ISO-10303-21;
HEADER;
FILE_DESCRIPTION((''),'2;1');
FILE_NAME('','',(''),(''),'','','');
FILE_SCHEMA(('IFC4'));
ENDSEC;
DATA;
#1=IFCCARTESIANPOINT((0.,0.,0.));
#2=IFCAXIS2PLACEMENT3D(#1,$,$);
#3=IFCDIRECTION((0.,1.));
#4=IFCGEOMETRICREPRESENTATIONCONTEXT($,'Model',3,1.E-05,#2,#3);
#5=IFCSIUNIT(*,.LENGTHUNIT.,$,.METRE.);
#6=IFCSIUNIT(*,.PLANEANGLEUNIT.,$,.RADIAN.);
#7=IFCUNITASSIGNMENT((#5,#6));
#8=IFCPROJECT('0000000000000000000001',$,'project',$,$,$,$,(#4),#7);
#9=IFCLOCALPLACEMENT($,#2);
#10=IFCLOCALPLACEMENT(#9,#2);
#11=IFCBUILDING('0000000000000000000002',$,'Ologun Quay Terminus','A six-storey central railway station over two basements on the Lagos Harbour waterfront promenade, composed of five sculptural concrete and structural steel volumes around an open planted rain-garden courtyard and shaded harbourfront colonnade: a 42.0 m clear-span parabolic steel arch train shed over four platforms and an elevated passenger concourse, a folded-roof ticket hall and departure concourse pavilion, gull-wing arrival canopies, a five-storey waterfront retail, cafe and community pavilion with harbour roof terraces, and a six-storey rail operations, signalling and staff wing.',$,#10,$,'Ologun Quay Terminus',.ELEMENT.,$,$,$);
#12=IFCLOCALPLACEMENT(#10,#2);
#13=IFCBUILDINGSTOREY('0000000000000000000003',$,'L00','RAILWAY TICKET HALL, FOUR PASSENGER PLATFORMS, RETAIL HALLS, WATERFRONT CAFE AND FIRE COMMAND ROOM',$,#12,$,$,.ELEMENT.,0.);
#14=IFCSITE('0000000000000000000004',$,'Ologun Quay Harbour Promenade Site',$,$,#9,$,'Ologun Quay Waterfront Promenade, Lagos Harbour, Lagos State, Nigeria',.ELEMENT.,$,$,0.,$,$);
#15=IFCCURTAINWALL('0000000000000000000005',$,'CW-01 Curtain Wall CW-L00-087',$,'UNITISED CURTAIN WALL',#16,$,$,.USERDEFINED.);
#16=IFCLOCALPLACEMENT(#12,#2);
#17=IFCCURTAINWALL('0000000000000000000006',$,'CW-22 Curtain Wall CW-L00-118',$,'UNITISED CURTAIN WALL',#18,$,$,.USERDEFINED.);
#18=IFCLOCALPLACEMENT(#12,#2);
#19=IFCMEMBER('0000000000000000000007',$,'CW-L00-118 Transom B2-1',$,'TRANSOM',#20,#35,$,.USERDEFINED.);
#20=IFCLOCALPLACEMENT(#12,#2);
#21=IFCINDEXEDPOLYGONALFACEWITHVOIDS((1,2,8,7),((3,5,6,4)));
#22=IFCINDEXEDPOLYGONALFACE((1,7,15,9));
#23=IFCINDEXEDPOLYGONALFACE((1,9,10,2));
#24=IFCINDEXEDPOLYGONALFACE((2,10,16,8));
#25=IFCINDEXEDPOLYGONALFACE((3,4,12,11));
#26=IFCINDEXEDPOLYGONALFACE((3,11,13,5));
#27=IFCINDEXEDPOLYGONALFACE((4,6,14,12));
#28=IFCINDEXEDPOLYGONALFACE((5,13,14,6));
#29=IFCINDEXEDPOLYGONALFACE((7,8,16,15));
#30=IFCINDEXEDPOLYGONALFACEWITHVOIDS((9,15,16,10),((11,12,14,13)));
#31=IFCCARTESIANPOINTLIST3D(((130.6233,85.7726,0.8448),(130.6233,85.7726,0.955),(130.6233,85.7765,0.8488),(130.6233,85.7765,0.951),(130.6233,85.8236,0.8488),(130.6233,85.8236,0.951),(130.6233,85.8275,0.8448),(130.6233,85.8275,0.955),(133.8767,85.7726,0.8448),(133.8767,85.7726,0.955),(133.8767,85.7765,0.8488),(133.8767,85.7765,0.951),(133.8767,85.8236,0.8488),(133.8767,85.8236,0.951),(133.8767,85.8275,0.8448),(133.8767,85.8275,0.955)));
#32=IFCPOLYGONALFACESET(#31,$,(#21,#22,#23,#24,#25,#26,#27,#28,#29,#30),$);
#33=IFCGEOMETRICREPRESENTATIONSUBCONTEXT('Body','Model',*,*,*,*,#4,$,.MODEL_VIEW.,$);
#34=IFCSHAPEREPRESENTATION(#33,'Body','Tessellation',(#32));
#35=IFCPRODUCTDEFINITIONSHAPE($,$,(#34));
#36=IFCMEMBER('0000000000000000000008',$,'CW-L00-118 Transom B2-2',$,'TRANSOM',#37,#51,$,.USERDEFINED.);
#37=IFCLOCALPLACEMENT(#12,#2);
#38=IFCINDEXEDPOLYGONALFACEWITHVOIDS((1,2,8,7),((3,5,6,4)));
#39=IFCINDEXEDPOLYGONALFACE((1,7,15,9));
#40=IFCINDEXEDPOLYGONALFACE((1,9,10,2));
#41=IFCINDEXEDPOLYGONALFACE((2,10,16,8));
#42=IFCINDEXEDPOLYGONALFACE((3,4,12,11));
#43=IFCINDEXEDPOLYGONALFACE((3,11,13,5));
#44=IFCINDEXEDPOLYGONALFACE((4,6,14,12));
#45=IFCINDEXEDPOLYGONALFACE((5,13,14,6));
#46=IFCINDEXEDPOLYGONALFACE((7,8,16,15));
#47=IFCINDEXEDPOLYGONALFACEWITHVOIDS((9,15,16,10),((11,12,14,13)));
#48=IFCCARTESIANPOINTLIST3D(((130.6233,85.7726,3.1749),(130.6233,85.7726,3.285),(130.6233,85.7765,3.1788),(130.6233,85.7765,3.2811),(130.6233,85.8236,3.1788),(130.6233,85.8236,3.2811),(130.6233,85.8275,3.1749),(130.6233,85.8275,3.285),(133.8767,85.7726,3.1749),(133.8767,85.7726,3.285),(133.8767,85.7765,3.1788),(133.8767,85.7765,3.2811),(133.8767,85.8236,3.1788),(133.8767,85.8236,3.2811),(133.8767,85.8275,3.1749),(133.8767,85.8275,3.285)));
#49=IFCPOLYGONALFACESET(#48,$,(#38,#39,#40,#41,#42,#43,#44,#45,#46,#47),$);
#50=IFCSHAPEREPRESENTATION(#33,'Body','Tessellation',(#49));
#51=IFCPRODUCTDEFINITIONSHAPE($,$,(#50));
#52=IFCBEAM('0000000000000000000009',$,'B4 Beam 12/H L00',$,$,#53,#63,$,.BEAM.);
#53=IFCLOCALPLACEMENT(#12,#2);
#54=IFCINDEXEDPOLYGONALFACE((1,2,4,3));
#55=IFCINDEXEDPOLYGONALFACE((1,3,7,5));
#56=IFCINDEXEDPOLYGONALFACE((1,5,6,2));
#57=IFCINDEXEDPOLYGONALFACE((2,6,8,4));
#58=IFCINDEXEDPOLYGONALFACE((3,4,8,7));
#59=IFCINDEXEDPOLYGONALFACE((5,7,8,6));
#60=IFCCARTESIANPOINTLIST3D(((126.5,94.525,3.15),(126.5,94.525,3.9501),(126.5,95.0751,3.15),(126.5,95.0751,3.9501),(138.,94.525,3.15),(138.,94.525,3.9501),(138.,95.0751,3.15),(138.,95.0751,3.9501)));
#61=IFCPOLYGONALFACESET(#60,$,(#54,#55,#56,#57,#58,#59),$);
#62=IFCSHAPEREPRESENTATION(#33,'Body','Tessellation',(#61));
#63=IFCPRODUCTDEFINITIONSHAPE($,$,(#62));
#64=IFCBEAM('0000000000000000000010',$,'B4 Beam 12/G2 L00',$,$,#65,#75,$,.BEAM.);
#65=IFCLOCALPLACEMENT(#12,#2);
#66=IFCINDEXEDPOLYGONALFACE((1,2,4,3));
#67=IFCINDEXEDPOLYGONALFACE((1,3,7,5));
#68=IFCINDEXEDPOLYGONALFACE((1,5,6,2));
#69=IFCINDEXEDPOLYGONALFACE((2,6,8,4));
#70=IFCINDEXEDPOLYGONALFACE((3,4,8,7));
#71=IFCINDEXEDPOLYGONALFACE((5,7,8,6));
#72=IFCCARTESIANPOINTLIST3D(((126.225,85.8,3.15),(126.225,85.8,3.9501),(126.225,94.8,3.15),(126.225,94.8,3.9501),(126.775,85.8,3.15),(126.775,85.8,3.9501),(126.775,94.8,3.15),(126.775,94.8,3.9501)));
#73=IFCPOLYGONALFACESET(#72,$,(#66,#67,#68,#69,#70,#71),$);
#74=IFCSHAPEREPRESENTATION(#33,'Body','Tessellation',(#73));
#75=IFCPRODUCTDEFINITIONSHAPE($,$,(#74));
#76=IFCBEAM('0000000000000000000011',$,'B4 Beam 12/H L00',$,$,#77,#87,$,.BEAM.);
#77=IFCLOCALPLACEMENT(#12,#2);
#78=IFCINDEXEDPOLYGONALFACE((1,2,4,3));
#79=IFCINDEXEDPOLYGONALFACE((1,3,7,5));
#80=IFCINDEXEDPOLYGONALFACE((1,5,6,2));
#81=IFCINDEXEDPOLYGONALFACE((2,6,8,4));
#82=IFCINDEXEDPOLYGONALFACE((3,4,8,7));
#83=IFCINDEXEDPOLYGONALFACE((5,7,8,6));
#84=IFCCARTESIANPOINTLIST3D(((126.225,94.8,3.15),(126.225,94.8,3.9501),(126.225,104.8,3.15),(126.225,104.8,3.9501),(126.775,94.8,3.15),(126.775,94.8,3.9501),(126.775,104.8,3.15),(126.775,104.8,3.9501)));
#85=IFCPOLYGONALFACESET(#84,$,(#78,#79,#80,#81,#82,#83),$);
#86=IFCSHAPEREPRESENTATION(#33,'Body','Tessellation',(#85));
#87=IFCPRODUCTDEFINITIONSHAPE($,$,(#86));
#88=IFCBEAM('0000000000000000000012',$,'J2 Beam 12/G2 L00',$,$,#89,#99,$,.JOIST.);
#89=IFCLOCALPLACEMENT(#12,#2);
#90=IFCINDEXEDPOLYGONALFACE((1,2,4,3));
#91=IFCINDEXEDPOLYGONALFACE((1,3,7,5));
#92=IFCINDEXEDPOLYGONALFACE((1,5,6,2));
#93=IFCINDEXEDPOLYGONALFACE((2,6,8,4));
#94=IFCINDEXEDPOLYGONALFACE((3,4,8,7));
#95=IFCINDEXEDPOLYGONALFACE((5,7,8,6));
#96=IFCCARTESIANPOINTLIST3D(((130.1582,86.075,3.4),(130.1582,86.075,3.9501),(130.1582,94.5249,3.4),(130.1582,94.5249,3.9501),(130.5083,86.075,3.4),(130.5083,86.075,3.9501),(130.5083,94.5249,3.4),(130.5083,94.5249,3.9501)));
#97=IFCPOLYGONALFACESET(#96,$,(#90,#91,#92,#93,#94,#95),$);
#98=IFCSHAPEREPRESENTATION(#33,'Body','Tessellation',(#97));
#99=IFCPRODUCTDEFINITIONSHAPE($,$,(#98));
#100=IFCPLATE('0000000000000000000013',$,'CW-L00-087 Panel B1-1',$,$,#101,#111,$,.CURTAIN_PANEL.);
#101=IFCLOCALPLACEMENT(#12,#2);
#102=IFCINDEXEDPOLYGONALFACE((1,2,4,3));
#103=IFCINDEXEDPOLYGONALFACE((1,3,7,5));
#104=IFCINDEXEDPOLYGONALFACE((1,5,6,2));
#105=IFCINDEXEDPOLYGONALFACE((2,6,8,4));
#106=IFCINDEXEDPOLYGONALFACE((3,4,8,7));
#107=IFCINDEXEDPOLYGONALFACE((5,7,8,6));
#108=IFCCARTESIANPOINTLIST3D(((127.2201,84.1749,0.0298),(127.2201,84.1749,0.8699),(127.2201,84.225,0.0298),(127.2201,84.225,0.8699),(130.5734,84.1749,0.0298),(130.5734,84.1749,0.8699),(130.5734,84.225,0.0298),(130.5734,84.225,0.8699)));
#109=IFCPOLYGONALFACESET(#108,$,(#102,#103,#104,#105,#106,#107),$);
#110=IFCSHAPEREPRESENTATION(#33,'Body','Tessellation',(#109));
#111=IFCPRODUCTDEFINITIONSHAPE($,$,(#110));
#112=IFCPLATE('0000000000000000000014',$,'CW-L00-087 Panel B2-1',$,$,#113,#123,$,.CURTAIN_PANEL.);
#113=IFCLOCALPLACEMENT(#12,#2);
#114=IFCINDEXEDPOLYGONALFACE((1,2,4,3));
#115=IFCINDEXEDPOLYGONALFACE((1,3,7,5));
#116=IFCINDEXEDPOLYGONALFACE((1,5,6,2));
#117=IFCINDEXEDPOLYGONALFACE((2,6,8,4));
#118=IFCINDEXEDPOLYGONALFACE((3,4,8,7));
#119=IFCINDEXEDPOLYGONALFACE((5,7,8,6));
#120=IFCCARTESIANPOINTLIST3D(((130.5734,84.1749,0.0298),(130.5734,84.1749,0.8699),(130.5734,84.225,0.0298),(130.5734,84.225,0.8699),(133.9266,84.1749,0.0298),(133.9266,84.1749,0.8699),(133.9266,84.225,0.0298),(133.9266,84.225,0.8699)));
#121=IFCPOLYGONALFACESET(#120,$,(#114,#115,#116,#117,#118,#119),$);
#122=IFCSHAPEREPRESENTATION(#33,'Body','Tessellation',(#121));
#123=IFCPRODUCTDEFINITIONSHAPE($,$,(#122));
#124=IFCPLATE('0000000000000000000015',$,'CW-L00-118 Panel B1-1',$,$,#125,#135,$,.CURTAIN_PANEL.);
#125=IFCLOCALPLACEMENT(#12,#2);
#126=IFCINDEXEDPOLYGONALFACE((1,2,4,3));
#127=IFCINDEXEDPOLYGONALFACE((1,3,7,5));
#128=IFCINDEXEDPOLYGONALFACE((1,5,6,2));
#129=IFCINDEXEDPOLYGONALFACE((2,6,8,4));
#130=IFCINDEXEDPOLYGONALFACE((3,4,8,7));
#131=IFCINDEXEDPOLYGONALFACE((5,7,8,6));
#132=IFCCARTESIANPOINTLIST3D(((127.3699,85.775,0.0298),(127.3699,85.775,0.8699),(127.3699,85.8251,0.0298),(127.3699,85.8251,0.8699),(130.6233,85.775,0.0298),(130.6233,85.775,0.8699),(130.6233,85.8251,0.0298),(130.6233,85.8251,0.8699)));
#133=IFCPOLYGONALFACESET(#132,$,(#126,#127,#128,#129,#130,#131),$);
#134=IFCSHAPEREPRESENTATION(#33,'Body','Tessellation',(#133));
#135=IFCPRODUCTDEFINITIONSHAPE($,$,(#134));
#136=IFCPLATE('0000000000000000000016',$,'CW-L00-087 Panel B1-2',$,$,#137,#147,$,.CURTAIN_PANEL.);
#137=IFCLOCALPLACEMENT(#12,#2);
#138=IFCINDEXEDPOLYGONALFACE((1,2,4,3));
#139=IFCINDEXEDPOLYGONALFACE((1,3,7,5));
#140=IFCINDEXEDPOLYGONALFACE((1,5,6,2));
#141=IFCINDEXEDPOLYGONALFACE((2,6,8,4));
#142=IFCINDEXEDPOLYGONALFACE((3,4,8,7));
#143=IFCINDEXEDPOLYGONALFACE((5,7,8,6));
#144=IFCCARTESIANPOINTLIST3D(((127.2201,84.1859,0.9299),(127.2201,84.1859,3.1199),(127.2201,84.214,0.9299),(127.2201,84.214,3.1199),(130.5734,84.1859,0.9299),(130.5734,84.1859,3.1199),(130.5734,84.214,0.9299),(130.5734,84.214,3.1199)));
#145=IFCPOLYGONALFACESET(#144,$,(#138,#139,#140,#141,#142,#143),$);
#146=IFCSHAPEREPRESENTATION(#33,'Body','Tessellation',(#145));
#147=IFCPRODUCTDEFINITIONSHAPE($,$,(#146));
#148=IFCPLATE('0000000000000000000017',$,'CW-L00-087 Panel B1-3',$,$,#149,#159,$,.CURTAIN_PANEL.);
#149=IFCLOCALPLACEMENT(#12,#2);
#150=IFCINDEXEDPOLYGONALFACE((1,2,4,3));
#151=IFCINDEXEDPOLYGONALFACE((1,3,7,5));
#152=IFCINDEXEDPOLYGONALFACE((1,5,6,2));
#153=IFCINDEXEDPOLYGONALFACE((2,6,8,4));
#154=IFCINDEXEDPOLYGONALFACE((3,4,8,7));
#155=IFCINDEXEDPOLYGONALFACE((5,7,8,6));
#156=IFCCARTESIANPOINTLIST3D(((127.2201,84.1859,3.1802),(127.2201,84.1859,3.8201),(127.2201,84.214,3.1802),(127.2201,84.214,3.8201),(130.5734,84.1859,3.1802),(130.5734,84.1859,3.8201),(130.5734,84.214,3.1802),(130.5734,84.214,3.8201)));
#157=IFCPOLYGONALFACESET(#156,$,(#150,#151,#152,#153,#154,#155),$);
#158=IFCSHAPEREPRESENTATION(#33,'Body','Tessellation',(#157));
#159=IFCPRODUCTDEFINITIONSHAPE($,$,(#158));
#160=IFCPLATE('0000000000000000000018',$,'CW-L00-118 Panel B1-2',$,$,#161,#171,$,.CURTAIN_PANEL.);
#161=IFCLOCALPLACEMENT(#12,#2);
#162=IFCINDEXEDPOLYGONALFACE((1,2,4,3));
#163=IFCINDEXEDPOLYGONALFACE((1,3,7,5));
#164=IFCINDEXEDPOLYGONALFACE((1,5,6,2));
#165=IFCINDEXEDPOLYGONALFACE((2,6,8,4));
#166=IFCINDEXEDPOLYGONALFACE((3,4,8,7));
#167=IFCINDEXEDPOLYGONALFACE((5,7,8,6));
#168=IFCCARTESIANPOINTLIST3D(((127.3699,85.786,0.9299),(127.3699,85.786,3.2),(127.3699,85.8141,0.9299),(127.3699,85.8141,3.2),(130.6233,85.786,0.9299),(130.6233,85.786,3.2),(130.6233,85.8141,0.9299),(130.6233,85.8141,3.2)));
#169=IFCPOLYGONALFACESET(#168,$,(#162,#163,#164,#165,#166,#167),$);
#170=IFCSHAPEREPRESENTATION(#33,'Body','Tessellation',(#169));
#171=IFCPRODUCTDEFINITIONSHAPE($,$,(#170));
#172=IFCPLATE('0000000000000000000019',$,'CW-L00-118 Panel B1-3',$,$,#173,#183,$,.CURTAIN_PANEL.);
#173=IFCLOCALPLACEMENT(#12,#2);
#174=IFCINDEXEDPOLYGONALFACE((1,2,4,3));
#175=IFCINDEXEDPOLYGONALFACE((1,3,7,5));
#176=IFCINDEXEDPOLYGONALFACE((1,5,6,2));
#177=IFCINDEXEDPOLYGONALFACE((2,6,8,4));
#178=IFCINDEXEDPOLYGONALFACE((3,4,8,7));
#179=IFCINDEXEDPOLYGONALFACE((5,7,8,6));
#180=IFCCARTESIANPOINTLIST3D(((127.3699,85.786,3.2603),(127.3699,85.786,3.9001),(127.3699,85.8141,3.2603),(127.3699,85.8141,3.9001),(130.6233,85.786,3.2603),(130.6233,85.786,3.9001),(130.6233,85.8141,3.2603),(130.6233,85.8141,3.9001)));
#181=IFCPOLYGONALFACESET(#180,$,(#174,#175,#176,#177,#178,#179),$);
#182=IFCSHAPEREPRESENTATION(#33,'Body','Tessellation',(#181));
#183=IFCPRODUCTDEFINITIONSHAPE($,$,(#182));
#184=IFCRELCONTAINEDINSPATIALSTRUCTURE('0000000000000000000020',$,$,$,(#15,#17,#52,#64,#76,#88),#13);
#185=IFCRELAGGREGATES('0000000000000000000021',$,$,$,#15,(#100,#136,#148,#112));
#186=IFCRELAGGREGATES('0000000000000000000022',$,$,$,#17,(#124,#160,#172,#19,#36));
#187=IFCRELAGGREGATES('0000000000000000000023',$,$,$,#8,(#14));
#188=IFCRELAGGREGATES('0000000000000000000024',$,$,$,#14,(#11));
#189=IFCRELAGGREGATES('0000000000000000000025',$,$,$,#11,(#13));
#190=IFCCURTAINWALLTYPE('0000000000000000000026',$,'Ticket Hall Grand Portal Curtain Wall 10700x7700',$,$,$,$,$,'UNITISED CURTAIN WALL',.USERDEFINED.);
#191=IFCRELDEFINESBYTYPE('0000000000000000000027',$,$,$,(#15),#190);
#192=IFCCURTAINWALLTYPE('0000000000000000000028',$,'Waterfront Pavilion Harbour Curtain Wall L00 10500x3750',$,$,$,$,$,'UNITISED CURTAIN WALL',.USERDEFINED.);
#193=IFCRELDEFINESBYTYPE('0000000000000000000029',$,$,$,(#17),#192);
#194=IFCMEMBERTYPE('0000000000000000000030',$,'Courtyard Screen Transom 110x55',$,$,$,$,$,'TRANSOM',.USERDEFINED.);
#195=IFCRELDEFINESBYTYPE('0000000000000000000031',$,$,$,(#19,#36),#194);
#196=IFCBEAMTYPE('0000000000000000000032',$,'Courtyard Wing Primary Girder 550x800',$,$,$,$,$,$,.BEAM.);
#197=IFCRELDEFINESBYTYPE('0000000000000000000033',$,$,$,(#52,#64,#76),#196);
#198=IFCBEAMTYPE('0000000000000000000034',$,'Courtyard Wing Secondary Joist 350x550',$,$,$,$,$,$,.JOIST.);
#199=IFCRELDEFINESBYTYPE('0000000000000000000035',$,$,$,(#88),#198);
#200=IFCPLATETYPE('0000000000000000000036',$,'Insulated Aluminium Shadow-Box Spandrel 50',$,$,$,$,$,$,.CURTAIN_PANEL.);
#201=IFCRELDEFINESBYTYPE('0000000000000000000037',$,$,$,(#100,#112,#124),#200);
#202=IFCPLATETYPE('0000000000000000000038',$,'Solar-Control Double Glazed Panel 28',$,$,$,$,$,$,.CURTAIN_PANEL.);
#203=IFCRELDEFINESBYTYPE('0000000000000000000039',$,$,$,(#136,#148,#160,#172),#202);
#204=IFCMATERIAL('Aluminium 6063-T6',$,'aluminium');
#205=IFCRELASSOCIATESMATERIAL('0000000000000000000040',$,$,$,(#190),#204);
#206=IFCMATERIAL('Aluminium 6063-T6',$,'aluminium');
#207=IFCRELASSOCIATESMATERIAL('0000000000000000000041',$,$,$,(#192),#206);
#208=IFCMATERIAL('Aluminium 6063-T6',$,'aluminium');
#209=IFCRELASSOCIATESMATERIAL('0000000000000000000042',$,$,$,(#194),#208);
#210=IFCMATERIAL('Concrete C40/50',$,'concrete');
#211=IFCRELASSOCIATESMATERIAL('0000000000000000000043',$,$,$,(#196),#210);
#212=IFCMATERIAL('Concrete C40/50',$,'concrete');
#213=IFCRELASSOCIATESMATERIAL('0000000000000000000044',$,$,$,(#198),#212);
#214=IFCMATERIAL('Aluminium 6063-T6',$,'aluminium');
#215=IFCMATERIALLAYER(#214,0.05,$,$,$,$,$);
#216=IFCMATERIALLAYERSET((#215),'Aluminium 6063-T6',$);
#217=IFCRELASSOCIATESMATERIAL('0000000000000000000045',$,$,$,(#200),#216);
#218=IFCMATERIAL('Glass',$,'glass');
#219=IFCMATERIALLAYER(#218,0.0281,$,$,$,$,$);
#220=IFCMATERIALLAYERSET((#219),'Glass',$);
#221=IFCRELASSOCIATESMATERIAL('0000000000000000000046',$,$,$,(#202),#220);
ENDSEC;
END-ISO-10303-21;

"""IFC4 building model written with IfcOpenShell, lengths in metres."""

from ifc_helpers import new_model, si_unit, direction, frame, origin, origin_2d, place, context, subcontext, project, spatial, rectangle, hollow_rectangle, extrude, material, layer, layer_set, material_profile, profile_set, type_object, element, aggregate, save


model = new_model("IFC4")

# Units and contexts
model_context = context("Model", 3, precision=1e-05, world=origin(), true_north=direction((0.0, 1.0)))
body_context = subcontext(model_context, "Body", "Model", "MODEL_VIEW")
ifc_project = project(units=[si_unit("LENGTHUNIT", "METRE"), si_unit("PLANEANGLEUNIT", "RADIAN")], contexts=[model_context])

# Site, building, storey
site_placement = place(None, origin())
site = spatial("IfcSite", under=ifc_project, at=site_placement, Name="Ologun Quay Harbour Promenade Site", LongName="Ologun Quay Waterfront Promenade, Lagos Harbour, Lagos State, Nigeria", CompositionType="ELEMENT", RefElevation=0.0)
building_placement = place(site_placement, origin())
building = spatial("IfcBuilding", under=site, at=building_placement, Name="Ologun Quay Terminus", Description="A six-storey central railway station over two basements on the Lagos Harbour waterfront promenade, composed of five sculptural concrete and structural steel volumes around an open planted rain-garden courtyard and shaded harbourfront colonnade: a 42.0 m clear-span parabolic steel arch train shed over four platforms and an elevated passenger concourse, a folded-roof ticket hall and departure concourse pavilion, gull-wing arrival canopies, a five-storey waterfront retail, cafe and community pavilion with harbour roof terraces, and a six-storey rail operations, signalling and staff wing.", LongName="Ologun Quay Terminus", CompositionType="ELEMENT")
storey_placement = place(building_placement, origin())
storey = spatial("IfcBuildingStorey", under=building, at=storey_placement, Name="L00", Description="RAILWAY TICKET HALL, FOUR PASSENGER PLATFORMS, RETAIL HALLS, WATERFRONT CAFE AND FIRE COMMAND ROOM", CompositionType="ELEMENT", Elevation=0.0)

# Curtain walls
ifc_material_1 = material(Name="Aluminium 6063-T6", Category="aluminium")
curtain_wall_type_1 = type_object("IfcCurtainWallType", Name="Ticket Hall Grand Portal Curtain Wall 10700x7700", ElementType="UNITISED CURTAIN WALL", PredefinedType="USERDEFINED", material=ifc_material_1)
curtain_wall_1_placement = place(storey_placement, origin())
curtain_wall_1 = element("IfcCurtainWall", 1, at=curtain_wall_1_placement, inside=storey, type_object=curtain_wall_type_1, Name="CW-01 Curtain Wall CW-L00-087", ObjectType="UNITISED CURTAIN WALL", PredefinedType="USERDEFINED")
ifc_material_2 = material(Name="Aluminium 6063-T6", Category="aluminium")
curtain_wall_type_2 = type_object("IfcCurtainWallType", Name="Waterfront Pavilion Harbour Curtain Wall L00 10500x3750", ElementType="UNITISED CURTAIN WALL", PredefinedType="USERDEFINED", material=ifc_material_2)
curtain_wall_2_placement = place(storey_placement, origin())
curtain_wall_2 = element("IfcCurtainWall", 2, at=curtain_wall_2_placement, inside=storey, type_object=curtain_wall_type_2, Name="CW-22 Curtain Wall CW-L00-118", ObjectType="UNITISED CURTAIN WALL", PredefinedType="USERDEFINED")

# Members
ifc_material_3 = material(Name="Aluminium 6063-T6", Category="aluminium")
ifc_material_profile_1 = material_profile(ifc_material_3, hollow_rectangle(XDim=0.0549, YDim=0.1101, WallThickness=0.0039, at=origin_2d()), Name="ALU 110x55x4")
ifc_profile_set_1 = profile_set([ifc_material_profile_1], Name="Aluminium 6063-T6")
member_type_1 = type_object("IfcMemberType", Name="Courtyard Screen Transom 110x55", ElementType="TRANSOM", PredefinedType="USERDEFINED", material=ifc_profile_set_1)
member_1_placement = place(storey_placement, frame((130.6233, 85.8, 0.8999), z_axis=(1.0, 0.0, 0.0), x_axis=(0.0, 1.0, 0.0)))
member_1 = element("IfcMember", 3, at=member_1_placement, type_object=member_type_1, Name="CW-L00-118 Transom B2-1", ObjectType="TRANSOM", PredefinedType="USERDEFINED", context=body_context, shape_type="SweptSolid", body=[
    extrude(hollow_rectangle(XDim=0.0549, YDim=0.1101, WallThickness=0.0039, at=origin_2d()), origin(), (0.0, 0.0, 1.0), 3.2534),
])
member_2_placement = place(storey_placement, frame((130.6233, 85.8, 3.23), z_axis=(1.0, 0.0, 0.0), x_axis=(0.0, 1.0, 0.0)))
member_2 = element("IfcMember", 4, at=member_2_placement, type_object=member_type_1, Name="CW-L00-118 Transom B2-2", ObjectType="TRANSOM", PredefinedType="USERDEFINED", context=body_context, shape_type="SweptSolid", body=[
    extrude(hollow_rectangle(XDim=0.0549, YDim=0.1101, WallThickness=0.0039, at=origin_2d()), origin(), (0.0, 0.0, 1.0), 3.2534),
])

# Beams
ifc_material_4 = material(Name="Concrete C40/50", Category="concrete")
ifc_material_profile_2 = material_profile(ifc_material_4, rectangle(XDim=0.55, YDim=0.8, at=origin_2d()), Name="RC 550x800")
ifc_profile_set_2 = profile_set([ifc_material_profile_2], Name="Concrete C40/50")
beam_type_1 = type_object("IfcBeamType", Name="Courtyard Wing Primary Girder 550x800", PredefinedType="BEAM", material=ifc_profile_set_2)
beam_1_placement = place(storey_placement, frame((126.5, 94.8, 3.55), z_axis=(1.0, 0.0, 0.0), x_axis=(0.0, 1.0, 0.0)))
element("IfcBeam", 5, at=beam_1_placement, inside=storey, type_object=beam_type_1, Name="B4 Beam 12/H L00", PredefinedType="BEAM", context=body_context, shape_type="SweptSolid", body=[
    extrude(rectangle(XDim=0.55, YDim=0.8, at=origin_2d()), origin(), (0.0, 0.0, 1.0), 11.5),
])
beam_2_placement = place(storey_placement, frame((126.5, 85.8, 3.55), z_axis=(0.0, 1.0, 0.0), x_axis=(-1.0, 0.0, 0.0)))
element("IfcBeam", 6, at=beam_2_placement, inside=storey, type_object=beam_type_1, Name="B4 Beam 12/G2 L00", PredefinedType="BEAM", context=body_context, shape_type="SweptSolid", body=[
    extrude(rectangle(XDim=0.55, YDim=0.8, at=origin_2d()), origin(), (0.0, 0.0, 1.0), 9.0),
])
beam_3_placement = place(storey_placement, frame((126.5, 94.8, 3.55), z_axis=(0.0, 1.0, 0.0), x_axis=(-1.0, 0.0, 0.0)))
element("IfcBeam", 7, at=beam_3_placement, inside=storey, type_object=beam_type_1, Name="B4 Beam 12/H L00", PredefinedType="BEAM", context=body_context, shape_type="SweptSolid", body=[
    extrude(rectangle(XDim=0.55, YDim=0.8, at=origin_2d()), origin(), (0.0, 0.0, 1.0), 10.0),
])
ifc_material_5 = material(Name="Concrete C40/50", Category="concrete")
ifc_material_profile_3 = material_profile(ifc_material_5, rectangle(XDim=0.3501, YDim=0.55, at=origin_2d()), Name="RC 350x550")
ifc_profile_set_3 = profile_set([ifc_material_profile_3], Name="Concrete C40/50")
beam_type_2 = type_object("IfcBeamType", Name="Courtyard Wing Secondary Joist 350x550", PredefinedType="JOIST", material=ifc_profile_set_3)
beam_4_placement = place(storey_placement, frame((130.3333, 86.075, 3.675), z_axis=(0.0, 1.0, 0.0), x_axis=(-1.0, 0.0, 0.0)))
element("IfcBeam", 8, at=beam_4_placement, inside=storey, type_object=beam_type_2, Name="J2 Beam 12/G2 L00", PredefinedType="JOIST", context=body_context, shape_type="SweptSolid", body=[
    extrude(rectangle(XDim=0.3501, YDim=0.55, at=origin_2d()), origin(), (0.0, 0.0, 1.0), 8.45),
])

# Plates
ifc_material_6 = material(Name="Aluminium 6063-T6", Category="aluminium")
ifc_layer_1 = layer(ifc_material_6, 0.05)
ifc_layer_set_1 = layer_set([ifc_layer_1], Name="Aluminium 6063-T6")
plate_type_1 = type_object("IfcPlateType", Name="Insulated Aluminium Shadow-Box Spandrel 50", PredefinedType="CURTAIN_PANEL", material=ifc_layer_set_1)
plate_1_placement = place(storey_placement, frame((128.8967, 84.2, 0.0298), z_axis=(0.0, 0.0, 1.0), x_axis=(1.0, 0.0, 0.0)))
plate_1 = element("IfcPlate", 9, at=plate_1_placement, type_object=plate_type_1, Name="CW-L00-087 Panel B1-1", PredefinedType="CURTAIN_PANEL", context=body_context, shape_type="SweptSolid", body=[
    extrude(rectangle(XDim=3.3533, YDim=0.05, at=origin_2d()), origin(), (0.0, 0.0, 1.0), 0.8401),
])
plate_2_placement = place(storey_placement, frame((132.25, 84.2, 0.0298), z_axis=(0.0, 0.0, 1.0), x_axis=(1.0, 0.0, 0.0)))
plate_2 = element("IfcPlate", 10, at=plate_2_placement, type_object=plate_type_1, Name="CW-L00-087 Panel B2-1", PredefinedType="CURTAIN_PANEL", context=body_context, shape_type="SweptSolid", body=[
    extrude(rectangle(XDim=3.3533, YDim=0.05, at=origin_2d()), origin(), (0.0, 0.0, 1.0), 0.8401),
])
plate_3_placement = place(storey_placement, frame((128.9966, 85.8, 0.0298), z_axis=(0.0, 0.0, 1.0), x_axis=(1.0, 0.0, 0.0)))
plate_3 = element("IfcPlate", 11, at=plate_3_placement, type_object=plate_type_1, Name="CW-L00-118 Panel B1-1", PredefinedType="CURTAIN_PANEL", context=body_context, shape_type="SweptSolid", body=[
    extrude(rectangle(XDim=3.2534, YDim=0.05, at=origin_2d()), origin(), (0.0, 0.0, 1.0), 0.8401),
])
ifc_material_7 = material(Name="Glass", Category="glass")
ifc_layer_2 = layer(ifc_material_7, 0.0281)
ifc_layer_set_2 = layer_set([ifc_layer_2], Name="Glass")
plate_type_2 = type_object("IfcPlateType", Name="Solar-Control Double Glazed Panel 28", PredefinedType="CURTAIN_PANEL", material=ifc_layer_set_2)
plate_4_placement = place(storey_placement, frame((128.8967, 84.2, 0.9299), z_axis=(0.0, 0.0, 1.0), x_axis=(1.0, 0.0, 0.0)))
plate_4 = element("IfcPlate", 12, at=plate_4_placement, type_object=plate_type_2, Name="CW-L00-087 Panel B1-2", PredefinedType="CURTAIN_PANEL", context=body_context, shape_type="SweptSolid", body=[
    extrude(rectangle(XDim=3.3533, YDim=0.0281, at=origin_2d()), origin(), (0.0, 0.0, 1.0), 2.1899),
])
plate_5_placement = place(storey_placement, frame((128.8967, 84.2, 3.1802), z_axis=(0.0, 0.0, 1.0), x_axis=(1.0, 0.0, 0.0)))
plate_5 = element("IfcPlate", 13, at=plate_5_placement, type_object=plate_type_2, Name="CW-L00-087 Panel B1-3", PredefinedType="CURTAIN_PANEL", context=body_context, shape_type="SweptSolid", body=[
    extrude(rectangle(XDim=3.3533, YDim=0.0281, at=origin_2d()), origin(), (0.0, 0.0, 1.0), 0.6399),
])
aggregate(curtain_wall_1, [plate_1, plate_4, plate_5, plate_2])
plate_6_placement = place(storey_placement, frame((128.9966, 85.8, 0.9299), z_axis=(0.0, 0.0, 1.0), x_axis=(1.0, 0.0, 0.0)))
plate_6 = element("IfcPlate", 14, at=plate_6_placement, type_object=plate_type_2, Name="CW-L00-118 Panel B1-2", PredefinedType="CURTAIN_PANEL", context=body_context, shape_type="SweptSolid", body=[
    extrude(rectangle(XDim=3.2534, YDim=0.0281, at=origin_2d()), origin(), (0.0, 0.0, 1.0), 2.27),
])
plate_7_placement = place(storey_placement, frame((128.9966, 85.8, 3.2603), z_axis=(0.0, 0.0, 1.0), x_axis=(1.0, 0.0, 0.0)))
plate_7 = element("IfcPlate", 15, at=plate_7_placement, type_object=plate_type_2, Name="CW-L00-118 Panel B1-3", PredefinedType="CURTAIN_PANEL", context=body_context, shape_type="SweptSolid", body=[
    extrude(rectangle(XDim=3.2534, YDim=0.0281, at=origin_2d()), origin(), (0.0, 0.0, 1.0), 0.6399),
])
aggregate(curtain_wall_2, [plate_3, plate_6, plate_7, member_1, member_2])

save(model, "model.ifc")
